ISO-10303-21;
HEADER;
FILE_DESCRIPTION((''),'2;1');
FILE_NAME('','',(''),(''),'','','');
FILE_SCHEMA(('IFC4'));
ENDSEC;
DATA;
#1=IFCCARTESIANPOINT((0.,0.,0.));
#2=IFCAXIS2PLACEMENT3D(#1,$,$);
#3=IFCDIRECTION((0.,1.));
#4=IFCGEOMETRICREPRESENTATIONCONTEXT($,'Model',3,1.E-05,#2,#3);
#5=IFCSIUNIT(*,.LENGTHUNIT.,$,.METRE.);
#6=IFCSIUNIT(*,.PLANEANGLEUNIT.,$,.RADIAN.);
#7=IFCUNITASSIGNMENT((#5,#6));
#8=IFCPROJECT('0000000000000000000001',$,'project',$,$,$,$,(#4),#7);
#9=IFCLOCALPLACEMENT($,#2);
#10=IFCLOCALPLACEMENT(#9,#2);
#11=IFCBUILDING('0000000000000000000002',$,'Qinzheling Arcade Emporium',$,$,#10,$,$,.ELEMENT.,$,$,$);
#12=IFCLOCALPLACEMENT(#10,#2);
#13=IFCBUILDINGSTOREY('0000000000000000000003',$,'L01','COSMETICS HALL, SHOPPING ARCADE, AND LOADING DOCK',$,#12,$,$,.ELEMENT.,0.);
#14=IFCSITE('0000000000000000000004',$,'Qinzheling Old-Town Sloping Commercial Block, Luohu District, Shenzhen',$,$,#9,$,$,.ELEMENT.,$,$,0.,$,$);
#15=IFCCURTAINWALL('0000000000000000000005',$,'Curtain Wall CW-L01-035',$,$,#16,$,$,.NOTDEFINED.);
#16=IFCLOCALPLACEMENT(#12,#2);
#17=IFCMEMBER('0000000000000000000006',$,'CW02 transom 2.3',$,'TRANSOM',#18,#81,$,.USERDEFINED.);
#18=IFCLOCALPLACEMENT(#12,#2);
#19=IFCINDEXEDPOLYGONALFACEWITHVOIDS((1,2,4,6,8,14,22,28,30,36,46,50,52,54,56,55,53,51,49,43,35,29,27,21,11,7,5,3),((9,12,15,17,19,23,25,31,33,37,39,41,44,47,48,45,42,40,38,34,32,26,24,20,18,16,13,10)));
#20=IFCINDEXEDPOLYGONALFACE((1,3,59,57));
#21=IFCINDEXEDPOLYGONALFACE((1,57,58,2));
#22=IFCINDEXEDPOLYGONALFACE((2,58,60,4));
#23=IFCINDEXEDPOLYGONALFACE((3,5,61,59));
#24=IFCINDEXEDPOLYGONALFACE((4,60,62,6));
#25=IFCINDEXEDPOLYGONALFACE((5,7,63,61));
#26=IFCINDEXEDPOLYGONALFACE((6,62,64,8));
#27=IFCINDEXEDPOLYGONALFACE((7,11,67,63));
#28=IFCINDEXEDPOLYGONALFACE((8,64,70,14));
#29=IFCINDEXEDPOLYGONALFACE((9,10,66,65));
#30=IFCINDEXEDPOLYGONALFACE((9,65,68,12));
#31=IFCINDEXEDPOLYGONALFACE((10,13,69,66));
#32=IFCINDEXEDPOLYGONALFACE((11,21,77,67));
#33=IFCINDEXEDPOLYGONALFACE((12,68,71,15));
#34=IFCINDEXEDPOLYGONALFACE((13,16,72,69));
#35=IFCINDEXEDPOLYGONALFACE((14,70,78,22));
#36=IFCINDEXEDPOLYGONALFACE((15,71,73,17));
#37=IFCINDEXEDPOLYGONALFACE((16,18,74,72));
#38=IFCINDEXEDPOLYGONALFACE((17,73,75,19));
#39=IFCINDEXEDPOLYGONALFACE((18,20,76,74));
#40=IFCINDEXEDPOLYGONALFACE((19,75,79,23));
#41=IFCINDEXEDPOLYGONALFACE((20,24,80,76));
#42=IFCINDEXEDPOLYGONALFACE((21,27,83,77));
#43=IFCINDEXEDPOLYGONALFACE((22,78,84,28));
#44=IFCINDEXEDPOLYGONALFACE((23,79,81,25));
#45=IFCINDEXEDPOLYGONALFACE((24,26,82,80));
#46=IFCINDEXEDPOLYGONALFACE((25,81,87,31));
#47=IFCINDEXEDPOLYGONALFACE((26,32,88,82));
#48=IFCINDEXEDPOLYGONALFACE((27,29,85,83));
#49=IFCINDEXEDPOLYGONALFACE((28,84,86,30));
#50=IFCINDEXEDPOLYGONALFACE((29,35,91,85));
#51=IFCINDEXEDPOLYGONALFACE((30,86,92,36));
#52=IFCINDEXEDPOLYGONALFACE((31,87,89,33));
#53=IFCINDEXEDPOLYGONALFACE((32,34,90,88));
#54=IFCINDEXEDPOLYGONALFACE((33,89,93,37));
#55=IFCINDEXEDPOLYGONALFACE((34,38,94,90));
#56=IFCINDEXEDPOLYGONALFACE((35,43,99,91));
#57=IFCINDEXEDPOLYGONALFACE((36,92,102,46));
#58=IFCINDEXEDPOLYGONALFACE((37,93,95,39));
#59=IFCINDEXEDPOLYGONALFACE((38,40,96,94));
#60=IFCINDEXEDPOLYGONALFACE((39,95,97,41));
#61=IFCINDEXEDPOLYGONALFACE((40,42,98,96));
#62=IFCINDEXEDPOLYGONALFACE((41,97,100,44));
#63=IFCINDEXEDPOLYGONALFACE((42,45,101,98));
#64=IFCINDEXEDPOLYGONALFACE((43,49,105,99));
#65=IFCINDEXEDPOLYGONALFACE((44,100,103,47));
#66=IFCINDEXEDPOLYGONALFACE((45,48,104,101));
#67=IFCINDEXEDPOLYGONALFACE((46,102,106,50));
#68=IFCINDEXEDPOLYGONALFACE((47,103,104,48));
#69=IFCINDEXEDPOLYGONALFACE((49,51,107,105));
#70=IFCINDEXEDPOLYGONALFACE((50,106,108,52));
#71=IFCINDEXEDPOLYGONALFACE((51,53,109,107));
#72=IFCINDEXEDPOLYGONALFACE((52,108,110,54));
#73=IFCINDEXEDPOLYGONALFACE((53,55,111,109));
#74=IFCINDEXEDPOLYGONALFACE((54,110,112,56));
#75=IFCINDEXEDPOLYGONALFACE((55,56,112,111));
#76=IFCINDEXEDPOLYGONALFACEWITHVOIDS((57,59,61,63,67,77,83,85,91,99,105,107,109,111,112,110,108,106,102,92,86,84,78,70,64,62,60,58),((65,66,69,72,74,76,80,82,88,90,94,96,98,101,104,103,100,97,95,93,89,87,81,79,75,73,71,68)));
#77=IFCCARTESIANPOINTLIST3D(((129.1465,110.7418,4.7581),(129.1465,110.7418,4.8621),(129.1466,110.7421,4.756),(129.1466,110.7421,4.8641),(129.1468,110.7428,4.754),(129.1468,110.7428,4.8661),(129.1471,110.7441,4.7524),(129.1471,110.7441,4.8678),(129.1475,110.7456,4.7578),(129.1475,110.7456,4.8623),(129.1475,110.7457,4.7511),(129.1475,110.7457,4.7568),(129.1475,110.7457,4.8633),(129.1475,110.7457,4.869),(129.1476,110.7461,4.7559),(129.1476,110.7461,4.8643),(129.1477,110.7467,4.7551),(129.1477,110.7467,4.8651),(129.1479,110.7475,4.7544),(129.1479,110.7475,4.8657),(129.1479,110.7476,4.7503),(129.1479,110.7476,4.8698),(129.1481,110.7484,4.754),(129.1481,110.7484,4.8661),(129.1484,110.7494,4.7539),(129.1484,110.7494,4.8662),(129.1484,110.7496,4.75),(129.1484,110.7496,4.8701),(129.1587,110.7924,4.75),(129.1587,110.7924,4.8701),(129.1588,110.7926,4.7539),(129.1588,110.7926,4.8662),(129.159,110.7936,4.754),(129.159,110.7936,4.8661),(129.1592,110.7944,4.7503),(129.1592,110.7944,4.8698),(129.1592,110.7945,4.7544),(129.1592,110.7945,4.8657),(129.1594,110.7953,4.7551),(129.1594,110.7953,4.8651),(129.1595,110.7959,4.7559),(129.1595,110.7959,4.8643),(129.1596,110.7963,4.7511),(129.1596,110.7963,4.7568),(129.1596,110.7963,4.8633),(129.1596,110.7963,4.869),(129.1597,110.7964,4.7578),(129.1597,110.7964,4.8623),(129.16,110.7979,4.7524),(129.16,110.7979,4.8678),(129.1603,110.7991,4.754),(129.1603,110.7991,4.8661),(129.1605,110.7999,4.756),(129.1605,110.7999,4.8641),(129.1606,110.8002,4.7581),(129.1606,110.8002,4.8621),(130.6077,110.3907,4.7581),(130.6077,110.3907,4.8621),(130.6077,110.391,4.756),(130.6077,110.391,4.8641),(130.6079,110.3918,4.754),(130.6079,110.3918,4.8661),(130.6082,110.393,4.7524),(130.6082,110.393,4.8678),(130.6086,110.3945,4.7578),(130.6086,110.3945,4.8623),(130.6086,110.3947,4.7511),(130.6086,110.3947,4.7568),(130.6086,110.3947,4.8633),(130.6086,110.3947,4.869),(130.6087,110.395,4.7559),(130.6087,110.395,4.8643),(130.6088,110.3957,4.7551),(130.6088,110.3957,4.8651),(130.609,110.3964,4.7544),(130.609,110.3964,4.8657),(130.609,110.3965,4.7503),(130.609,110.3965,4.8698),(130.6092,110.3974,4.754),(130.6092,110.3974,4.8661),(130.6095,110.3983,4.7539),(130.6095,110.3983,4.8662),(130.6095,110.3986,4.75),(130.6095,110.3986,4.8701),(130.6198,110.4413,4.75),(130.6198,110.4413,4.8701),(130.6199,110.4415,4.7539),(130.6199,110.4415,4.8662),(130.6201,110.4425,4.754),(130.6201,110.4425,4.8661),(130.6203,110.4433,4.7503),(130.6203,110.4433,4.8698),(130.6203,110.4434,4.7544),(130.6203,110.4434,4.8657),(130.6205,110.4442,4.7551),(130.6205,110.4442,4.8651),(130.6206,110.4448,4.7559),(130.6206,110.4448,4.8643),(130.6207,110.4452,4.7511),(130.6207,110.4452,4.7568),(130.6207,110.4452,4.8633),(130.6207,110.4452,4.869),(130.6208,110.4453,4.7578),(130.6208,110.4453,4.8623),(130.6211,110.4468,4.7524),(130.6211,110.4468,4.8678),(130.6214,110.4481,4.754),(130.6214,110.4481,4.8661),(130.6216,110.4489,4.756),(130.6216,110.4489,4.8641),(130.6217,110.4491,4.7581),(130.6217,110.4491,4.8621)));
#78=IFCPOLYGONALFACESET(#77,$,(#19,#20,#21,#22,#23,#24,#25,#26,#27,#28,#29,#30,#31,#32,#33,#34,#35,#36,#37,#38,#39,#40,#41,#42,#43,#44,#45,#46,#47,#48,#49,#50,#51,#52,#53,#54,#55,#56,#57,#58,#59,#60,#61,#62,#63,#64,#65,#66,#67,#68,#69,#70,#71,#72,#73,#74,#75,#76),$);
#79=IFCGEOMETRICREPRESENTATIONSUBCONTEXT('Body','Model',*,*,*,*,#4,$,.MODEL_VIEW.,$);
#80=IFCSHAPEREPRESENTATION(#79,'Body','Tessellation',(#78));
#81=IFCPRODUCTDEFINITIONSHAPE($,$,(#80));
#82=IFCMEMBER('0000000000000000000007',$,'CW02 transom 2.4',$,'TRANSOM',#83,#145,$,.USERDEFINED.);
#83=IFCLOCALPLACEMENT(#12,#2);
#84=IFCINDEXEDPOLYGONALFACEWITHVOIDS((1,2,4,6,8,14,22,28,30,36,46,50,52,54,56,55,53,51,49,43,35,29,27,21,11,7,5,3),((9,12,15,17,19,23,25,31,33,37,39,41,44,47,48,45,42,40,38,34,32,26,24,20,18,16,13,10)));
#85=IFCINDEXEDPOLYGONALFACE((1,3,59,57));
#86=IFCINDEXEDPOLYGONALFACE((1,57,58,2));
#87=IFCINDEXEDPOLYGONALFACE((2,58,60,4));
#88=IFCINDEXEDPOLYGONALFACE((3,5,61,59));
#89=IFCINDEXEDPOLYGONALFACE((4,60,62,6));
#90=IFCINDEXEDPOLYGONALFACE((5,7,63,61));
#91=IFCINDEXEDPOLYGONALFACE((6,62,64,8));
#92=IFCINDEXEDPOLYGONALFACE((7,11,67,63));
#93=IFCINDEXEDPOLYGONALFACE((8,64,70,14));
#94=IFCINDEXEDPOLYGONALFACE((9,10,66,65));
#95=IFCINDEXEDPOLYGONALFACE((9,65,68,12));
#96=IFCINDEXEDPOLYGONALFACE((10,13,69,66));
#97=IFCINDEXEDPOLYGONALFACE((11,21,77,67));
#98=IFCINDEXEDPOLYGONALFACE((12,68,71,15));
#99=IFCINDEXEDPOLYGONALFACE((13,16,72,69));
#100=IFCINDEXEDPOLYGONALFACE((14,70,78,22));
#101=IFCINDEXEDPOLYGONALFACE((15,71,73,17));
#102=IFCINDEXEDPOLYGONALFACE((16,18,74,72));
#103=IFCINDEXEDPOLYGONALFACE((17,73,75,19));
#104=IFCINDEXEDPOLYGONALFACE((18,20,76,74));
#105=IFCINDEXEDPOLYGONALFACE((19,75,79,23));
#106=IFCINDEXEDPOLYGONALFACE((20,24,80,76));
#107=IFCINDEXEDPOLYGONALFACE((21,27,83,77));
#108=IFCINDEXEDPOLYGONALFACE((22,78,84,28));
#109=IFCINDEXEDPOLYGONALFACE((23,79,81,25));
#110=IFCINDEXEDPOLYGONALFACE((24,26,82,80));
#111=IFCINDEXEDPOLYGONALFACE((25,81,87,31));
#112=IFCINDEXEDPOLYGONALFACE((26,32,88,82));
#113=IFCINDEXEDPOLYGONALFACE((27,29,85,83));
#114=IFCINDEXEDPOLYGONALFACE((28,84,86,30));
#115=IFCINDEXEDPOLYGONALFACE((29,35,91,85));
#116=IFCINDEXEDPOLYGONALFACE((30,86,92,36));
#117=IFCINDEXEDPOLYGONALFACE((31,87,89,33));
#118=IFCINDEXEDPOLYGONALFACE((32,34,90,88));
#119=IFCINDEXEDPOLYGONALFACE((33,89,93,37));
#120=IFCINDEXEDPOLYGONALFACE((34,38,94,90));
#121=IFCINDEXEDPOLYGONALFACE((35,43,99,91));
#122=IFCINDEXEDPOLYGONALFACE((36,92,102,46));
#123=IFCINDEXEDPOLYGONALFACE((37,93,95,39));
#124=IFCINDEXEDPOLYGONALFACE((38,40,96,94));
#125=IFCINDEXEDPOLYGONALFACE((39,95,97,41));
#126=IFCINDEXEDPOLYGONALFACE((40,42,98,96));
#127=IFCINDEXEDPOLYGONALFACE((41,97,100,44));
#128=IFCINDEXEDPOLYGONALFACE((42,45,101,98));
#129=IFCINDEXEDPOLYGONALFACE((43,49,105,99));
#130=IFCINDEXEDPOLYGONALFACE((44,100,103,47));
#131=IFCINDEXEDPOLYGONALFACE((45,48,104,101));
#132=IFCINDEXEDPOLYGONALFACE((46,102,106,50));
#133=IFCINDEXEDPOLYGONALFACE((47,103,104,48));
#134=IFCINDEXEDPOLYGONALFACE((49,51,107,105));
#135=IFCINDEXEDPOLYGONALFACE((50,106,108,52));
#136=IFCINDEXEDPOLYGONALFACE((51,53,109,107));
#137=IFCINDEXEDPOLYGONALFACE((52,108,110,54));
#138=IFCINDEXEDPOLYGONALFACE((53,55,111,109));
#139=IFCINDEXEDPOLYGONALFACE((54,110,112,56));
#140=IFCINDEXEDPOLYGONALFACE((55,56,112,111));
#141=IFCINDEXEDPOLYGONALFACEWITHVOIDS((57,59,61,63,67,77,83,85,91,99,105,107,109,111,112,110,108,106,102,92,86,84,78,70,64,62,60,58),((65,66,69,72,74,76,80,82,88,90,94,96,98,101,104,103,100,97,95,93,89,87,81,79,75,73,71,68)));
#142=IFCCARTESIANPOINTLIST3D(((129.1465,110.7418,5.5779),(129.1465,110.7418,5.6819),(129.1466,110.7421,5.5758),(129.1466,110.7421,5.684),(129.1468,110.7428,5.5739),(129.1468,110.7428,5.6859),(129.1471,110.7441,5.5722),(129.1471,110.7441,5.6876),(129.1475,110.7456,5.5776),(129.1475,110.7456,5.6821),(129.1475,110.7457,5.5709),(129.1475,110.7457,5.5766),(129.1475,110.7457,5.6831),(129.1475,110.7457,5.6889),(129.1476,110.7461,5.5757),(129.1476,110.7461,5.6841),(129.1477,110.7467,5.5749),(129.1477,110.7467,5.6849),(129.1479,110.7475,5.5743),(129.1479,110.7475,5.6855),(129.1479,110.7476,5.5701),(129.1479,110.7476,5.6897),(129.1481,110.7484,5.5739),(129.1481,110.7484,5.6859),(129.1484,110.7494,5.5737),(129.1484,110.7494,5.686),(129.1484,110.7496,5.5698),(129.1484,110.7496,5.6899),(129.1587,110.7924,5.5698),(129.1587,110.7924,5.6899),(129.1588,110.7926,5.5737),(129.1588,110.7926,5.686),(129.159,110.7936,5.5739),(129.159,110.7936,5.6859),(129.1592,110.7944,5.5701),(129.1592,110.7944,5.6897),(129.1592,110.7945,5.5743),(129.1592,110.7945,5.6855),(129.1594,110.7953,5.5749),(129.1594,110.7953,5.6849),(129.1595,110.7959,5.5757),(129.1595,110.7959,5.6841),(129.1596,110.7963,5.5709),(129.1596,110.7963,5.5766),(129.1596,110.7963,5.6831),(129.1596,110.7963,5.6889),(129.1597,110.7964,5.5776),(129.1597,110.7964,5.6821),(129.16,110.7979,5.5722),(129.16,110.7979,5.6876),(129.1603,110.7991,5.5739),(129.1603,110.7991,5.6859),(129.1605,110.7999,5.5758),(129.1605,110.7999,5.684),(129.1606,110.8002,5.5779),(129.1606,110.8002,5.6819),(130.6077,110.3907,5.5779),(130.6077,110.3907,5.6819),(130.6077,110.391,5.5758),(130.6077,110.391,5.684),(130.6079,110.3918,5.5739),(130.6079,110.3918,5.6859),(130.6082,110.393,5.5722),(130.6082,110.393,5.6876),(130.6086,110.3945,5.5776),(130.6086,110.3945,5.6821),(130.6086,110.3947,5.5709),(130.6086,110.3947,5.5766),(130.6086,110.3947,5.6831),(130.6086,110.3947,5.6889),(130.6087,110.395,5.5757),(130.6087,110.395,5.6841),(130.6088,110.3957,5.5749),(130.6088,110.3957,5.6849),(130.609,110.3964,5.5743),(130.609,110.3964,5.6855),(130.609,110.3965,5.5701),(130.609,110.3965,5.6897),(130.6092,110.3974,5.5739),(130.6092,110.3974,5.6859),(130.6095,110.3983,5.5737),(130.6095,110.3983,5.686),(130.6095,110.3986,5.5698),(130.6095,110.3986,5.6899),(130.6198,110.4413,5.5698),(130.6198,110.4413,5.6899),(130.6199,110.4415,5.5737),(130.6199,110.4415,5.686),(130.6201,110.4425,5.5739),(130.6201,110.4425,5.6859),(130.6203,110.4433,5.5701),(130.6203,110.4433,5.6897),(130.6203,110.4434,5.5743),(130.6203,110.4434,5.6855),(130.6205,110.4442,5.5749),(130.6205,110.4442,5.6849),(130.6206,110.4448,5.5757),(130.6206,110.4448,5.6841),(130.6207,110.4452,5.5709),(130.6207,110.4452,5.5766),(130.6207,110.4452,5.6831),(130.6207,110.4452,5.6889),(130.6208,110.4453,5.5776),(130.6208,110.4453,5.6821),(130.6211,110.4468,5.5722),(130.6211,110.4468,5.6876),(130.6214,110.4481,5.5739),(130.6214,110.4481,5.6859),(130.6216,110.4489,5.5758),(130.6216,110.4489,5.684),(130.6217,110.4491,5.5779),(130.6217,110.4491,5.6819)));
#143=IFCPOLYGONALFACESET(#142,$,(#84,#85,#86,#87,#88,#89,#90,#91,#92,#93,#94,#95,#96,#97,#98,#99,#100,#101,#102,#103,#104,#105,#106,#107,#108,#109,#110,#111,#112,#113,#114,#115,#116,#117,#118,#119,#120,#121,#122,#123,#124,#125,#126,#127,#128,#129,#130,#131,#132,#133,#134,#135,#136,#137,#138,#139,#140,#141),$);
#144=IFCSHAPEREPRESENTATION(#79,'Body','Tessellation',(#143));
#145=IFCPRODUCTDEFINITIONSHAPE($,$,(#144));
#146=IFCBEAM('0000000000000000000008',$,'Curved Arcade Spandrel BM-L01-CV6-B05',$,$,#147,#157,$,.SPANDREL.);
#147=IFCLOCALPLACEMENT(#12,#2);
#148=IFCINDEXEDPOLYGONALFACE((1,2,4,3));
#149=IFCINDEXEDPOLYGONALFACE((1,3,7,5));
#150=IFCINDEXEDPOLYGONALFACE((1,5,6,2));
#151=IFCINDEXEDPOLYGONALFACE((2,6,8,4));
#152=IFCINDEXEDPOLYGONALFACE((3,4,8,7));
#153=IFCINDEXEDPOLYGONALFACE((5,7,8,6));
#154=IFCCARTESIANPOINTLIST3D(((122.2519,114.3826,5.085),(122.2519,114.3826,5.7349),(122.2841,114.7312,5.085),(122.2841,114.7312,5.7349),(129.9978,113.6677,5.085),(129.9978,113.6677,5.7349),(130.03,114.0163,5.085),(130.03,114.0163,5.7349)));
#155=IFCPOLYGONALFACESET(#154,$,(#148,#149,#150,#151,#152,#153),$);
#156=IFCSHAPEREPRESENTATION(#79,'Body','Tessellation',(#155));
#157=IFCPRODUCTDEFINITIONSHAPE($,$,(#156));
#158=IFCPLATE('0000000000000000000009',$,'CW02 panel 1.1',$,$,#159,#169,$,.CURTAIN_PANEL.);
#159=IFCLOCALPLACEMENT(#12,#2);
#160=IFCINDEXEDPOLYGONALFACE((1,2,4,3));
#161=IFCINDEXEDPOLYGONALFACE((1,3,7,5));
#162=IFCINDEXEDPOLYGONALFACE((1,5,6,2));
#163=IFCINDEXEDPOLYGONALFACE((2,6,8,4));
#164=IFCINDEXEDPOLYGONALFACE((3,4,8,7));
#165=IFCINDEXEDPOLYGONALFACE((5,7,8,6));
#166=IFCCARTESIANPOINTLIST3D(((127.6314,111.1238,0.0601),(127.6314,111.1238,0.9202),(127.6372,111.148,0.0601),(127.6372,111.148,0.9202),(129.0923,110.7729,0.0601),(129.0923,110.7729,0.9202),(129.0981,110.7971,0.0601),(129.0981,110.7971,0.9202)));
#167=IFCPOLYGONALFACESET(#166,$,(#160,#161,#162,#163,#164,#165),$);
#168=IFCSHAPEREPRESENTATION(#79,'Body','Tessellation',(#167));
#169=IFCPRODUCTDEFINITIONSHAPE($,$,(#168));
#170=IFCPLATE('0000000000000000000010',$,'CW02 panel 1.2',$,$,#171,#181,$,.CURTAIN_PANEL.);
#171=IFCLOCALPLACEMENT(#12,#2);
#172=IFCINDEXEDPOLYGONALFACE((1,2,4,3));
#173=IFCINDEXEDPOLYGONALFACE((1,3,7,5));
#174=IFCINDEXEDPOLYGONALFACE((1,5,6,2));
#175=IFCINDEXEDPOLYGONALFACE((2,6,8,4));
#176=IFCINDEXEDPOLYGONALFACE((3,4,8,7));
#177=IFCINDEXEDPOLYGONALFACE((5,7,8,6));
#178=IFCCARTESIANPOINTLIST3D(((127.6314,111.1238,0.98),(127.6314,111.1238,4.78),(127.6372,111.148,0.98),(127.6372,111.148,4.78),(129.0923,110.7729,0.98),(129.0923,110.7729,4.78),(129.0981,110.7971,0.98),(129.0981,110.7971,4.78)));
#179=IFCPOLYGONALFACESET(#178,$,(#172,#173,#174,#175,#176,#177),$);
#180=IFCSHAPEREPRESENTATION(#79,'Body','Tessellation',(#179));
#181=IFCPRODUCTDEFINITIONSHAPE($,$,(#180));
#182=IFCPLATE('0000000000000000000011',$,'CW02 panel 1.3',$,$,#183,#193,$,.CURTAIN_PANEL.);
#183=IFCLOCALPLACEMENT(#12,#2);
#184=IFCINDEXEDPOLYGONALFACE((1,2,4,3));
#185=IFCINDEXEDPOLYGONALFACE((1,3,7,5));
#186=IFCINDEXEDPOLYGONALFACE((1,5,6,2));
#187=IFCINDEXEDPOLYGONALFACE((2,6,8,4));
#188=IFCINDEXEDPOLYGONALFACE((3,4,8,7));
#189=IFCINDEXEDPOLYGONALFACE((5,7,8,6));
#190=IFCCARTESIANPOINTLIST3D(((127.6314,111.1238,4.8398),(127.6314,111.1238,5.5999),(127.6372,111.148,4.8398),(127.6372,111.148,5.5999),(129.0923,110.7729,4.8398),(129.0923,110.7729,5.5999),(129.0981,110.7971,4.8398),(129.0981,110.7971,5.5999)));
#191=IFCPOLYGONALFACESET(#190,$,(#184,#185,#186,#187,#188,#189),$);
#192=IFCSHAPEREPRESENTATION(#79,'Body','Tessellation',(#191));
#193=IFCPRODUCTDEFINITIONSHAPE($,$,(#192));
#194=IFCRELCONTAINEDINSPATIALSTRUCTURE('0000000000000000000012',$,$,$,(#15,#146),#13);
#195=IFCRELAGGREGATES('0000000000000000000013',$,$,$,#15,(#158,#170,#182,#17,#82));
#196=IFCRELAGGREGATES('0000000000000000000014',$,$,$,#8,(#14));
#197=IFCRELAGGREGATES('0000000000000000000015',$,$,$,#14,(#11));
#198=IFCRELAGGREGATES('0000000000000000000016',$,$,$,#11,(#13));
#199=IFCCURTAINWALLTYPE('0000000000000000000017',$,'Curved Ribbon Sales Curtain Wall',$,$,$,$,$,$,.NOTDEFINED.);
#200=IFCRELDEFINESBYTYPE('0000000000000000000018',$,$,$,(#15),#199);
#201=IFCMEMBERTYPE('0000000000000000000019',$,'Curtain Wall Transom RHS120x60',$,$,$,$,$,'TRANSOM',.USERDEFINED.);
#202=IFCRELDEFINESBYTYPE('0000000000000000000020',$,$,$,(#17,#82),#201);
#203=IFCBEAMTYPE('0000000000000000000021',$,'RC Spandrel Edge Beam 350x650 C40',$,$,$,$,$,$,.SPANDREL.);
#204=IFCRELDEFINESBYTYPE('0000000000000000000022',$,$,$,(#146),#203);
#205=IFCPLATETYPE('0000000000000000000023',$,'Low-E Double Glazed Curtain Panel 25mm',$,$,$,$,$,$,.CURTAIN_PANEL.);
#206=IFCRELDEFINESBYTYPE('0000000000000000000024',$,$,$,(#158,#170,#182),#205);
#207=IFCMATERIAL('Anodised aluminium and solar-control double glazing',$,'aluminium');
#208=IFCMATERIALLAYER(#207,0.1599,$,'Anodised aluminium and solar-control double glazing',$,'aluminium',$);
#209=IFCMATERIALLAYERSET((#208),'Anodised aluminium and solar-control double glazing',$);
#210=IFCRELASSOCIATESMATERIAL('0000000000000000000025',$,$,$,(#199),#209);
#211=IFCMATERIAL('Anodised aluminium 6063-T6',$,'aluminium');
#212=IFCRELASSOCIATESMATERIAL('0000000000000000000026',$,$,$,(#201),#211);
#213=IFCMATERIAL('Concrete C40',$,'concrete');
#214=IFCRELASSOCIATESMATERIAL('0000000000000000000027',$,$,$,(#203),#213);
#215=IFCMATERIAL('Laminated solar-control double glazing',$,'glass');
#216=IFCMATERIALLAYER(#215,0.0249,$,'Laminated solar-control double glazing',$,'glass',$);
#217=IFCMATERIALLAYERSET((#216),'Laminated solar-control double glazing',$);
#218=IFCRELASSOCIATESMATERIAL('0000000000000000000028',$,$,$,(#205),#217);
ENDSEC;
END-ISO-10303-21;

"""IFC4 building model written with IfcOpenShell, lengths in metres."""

from ifc_helpers import new_model, si_unit, direction, frame, origin, origin_2d, place, context, subcontext, project, spatial, rectangle, hollow_rectangle, extrude, material, layer, layer_set, material_profile, profile_set, type_object, element, aggregate, save


model = new_model("IFC4")

# Units and contexts
model_context = context("Model", 3, precision=1e-05, world=origin(), true_north=direction((0.0, 1.0)))
body_context = subcontext(model_context, "Body", "Model", "MODEL_VIEW")
ifc_project = project(units=[si_unit("LENGTHUNIT", "METRE"), si_unit("PLANEANGLEUNIT", "RADIAN")], contexts=[model_context])

# Site, building, storey
site_placement = place(None, origin())
site = spatial("IfcSite", under=ifc_project, at=site_placement, Name="Qinzheling Old-Town Sloping Commercial Block, Luohu District, Shenzhen", CompositionType="ELEMENT", RefElevation=0.0)
building_placement = place(site_placement, origin())
building = spatial("IfcBuilding", under=site, at=building_placement, Name="Qinzheling Arcade Emporium", CompositionType="ELEMENT")
storey_placement = place(building_placement, origin())
storey = spatial("IfcBuildingStorey", under=building, at=storey_placement, Name="L01", Description="COSMETICS HALL, SHOPPING ARCADE, AND LOADING DOCK", CompositionType="ELEMENT", Elevation=0.0)

# Curtain wall, members
ifc_material_1 = material(Name="Anodised aluminium and solar-control double glazing", Category="aluminium")
ifc_layer_1 = layer(ifc_material_1, 0.1599, Name="Anodised aluminium and solar-control double glazing", Category="aluminium")
ifc_layer_set_1 = layer_set([ifc_layer_1], Name="Anodised aluminium and solar-control double glazing")
curtain_wall_type = type_object("IfcCurtainWallType", Name="Curved Ribbon Sales Curtain Wall", PredefinedType="NOTDEFINED", material=ifc_layer_set_1)
curtain_wall_placement = place(storey_placement, origin())
curtain_wall = element("IfcCurtainWall", 1, at=curtain_wall_placement, inside=storey, type_object=curtain_wall_type, Name="Curtain Wall CW-L01-035", PredefinedType="NOTDEFINED")
ifc_material_2 = material(Name="Anodised aluminium 6063-T6", Category="aluminium")
ifc_material_profile_1 = material_profile(ifc_material_2, hollow_rectangle(XDim=0.0601, YDim=0.1201, WallThickness=0.0039, InnerFilletRadius=0.0039, OuterFilletRadius=0.0081, at=origin_2d()), Name="RHS 120x60x4", Category="aluminium")
ifc_profile_set_1 = profile_set([ifc_material_profile_1], Name="Anodised aluminium 6063-T6")
member_type_1 = type_object("IfcMemberType", Name="Curtain Wall Transom RHS120x60", ElementType="TRANSOM", PredefinedType="USERDEFINED", material=ifc_profile_set_1)
member_1_placement = place(storey_placement, frame((129.1536, 110.771, 4.8101), z_axis=(0.972328, -0.233619, 0.0), x_axis=(0.233619, 0.972328, 0.0)))
member_1 = element("IfcMember", 2, at=member_1_placement, type_object=member_type_1, Name="CW02 transom 2.3", ObjectType="TRANSOM", PredefinedType="USERDEFINED", context=body_context, shape_type="SweptSolid", body=[
    extrude(hollow_rectangle(XDim=0.0601, YDim=0.1201, WallThickness=0.0039, InnerFilletRadius=0.0039, OuterFilletRadius=0.0081, at=origin_2d()), origin(), (0.0, 0.0, 1.0), 1.5027),
])
member_2_placement = place(storey_placement, frame((129.1536, 110.771, 5.6299), z_axis=(0.972328, -0.233619, 0.0), x_axis=(0.233619, 0.972328, 0.0)))
member_2 = element("IfcMember", 3, at=member_2_placement, type_object=member_type_1, Name="CW02 transom 2.4", ObjectType="TRANSOM", PredefinedType="USERDEFINED", context=body_context, shape_type="SweptSolid", body=[
    extrude(hollow_rectangle(XDim=0.0601, YDim=0.1201, WallThickness=0.0039, InnerFilletRadius=0.0039, OuterFilletRadius=0.0081, at=origin_2d()), origin(), (0.0, 0.0, 1.0), 1.5027),
])

# Beam
ifc_material_3 = material(Name="Concrete C40", Category="concrete")
ifc_material_profile_2 = material_profile(ifc_material_3, rectangle(XDim=0.3501, YDim=0.6499, at=origin_2d()), Name="RC 350x650", Category="concrete")
ifc_profile_set_2 = profile_set([ifc_material_profile_2], Name="Concrete C40")
beam_type_1 = type_object("IfcBeamType", Name="RC Spandrel Edge Beam 350x650 C40", PredefinedType="SPANDREL", material=ifc_profile_set_2)
beam_1_placement = place(storey_placement, frame((130.0139, 113.842, 5.4099), z_axis=(-0.995769, 0.091897, 0.0), x_axis=(-0.091897, -0.995769, 0.0)))
element("IfcBeam", 4, at=beam_1_placement, inside=storey, type_object=beam_type_1, Name="Curved Arcade Spandrel BM-L01-CV6-B05", PredefinedType="SPANDREL", context=body_context, shape_type="SweptSolid", body=[
    extrude(rectangle(XDim=0.3501, YDim=0.6499, at=origin_2d()), origin(), (0.0, 0.0, 1.0), 7.7788),
])

# Plates
ifc_material_4 = material(Name="Laminated solar-control double glazing", Category="glass")
ifc_layer_2 = layer(ifc_material_4, 0.0249, Name="Laminated solar-control double glazing", Category="glass")
ifc_layer_set_2 = layer_set([ifc_layer_2], Name="Laminated solar-control double glazing")
plate_type = type_object("IfcPlateType", Name="Low-E Double Glazed Curtain Panel 25mm", PredefinedType="CURTAIN_PANEL", material=ifc_layer_set_2)
plate_1_placement = place(storey_placement, frame((128.3647, 110.9604, 0.0601), z_axis=(0.0, 0.0, 1.0), x_axis=(0.972336, -0.233587, 0.0)))
plate_1 = element("IfcPlate", 5, at=plate_1_placement, type_object=plate_type, Name="CW02 panel 1.1", PredefinedType="CURTAIN_PANEL", context=body_context, shape_type="SweptSolid", body=[
    extrude(rectangle(XDim=1.5024, YDim=0.0249, at=origin_2d()), origin(), (0.0, 0.0, 1.0), 0.8601),
])
plate_2_placement = place(storey_placement, frame((128.3647, 110.9604, 0.98), z_axis=(0.0, 0.0, 1.0), x_axis=(0.972336, -0.233587, 0.0)))
plate_2 = element("IfcPlate", 6, at=plate_2_placement, type_object=plate_type, Name="CW02 panel 1.2", PredefinedType="CURTAIN_PANEL", context=body_context, shape_type="SweptSolid", body=[
    extrude(rectangle(XDim=1.5024, YDim=0.0249, at=origin_2d()), origin(), (0.0, 0.0, 1.0), 3.8),
])
plate_3_placement = place(storey_placement, frame((128.3647, 110.9604, 4.8398), z_axis=(0.0, 0.0, 1.0), x_axis=(0.972336, -0.233587, 0.0)))
plate_3 = element("IfcPlate", 7, at=plate_3_placement, type_object=plate_type, Name="CW02 panel 1.3", PredefinedType="CURTAIN_PANEL", context=body_context, shape_type="SweptSolid", body=[
    extrude(rectangle(XDim=1.5024, YDim=0.0249, at=origin_2d()), origin(), (0.0, 0.0, 1.0), 0.76),
])
aggregate(curtain_wall, [plate_1, plate_2, plate_3, member_1, member_2])

save(model, "model.ifc")
